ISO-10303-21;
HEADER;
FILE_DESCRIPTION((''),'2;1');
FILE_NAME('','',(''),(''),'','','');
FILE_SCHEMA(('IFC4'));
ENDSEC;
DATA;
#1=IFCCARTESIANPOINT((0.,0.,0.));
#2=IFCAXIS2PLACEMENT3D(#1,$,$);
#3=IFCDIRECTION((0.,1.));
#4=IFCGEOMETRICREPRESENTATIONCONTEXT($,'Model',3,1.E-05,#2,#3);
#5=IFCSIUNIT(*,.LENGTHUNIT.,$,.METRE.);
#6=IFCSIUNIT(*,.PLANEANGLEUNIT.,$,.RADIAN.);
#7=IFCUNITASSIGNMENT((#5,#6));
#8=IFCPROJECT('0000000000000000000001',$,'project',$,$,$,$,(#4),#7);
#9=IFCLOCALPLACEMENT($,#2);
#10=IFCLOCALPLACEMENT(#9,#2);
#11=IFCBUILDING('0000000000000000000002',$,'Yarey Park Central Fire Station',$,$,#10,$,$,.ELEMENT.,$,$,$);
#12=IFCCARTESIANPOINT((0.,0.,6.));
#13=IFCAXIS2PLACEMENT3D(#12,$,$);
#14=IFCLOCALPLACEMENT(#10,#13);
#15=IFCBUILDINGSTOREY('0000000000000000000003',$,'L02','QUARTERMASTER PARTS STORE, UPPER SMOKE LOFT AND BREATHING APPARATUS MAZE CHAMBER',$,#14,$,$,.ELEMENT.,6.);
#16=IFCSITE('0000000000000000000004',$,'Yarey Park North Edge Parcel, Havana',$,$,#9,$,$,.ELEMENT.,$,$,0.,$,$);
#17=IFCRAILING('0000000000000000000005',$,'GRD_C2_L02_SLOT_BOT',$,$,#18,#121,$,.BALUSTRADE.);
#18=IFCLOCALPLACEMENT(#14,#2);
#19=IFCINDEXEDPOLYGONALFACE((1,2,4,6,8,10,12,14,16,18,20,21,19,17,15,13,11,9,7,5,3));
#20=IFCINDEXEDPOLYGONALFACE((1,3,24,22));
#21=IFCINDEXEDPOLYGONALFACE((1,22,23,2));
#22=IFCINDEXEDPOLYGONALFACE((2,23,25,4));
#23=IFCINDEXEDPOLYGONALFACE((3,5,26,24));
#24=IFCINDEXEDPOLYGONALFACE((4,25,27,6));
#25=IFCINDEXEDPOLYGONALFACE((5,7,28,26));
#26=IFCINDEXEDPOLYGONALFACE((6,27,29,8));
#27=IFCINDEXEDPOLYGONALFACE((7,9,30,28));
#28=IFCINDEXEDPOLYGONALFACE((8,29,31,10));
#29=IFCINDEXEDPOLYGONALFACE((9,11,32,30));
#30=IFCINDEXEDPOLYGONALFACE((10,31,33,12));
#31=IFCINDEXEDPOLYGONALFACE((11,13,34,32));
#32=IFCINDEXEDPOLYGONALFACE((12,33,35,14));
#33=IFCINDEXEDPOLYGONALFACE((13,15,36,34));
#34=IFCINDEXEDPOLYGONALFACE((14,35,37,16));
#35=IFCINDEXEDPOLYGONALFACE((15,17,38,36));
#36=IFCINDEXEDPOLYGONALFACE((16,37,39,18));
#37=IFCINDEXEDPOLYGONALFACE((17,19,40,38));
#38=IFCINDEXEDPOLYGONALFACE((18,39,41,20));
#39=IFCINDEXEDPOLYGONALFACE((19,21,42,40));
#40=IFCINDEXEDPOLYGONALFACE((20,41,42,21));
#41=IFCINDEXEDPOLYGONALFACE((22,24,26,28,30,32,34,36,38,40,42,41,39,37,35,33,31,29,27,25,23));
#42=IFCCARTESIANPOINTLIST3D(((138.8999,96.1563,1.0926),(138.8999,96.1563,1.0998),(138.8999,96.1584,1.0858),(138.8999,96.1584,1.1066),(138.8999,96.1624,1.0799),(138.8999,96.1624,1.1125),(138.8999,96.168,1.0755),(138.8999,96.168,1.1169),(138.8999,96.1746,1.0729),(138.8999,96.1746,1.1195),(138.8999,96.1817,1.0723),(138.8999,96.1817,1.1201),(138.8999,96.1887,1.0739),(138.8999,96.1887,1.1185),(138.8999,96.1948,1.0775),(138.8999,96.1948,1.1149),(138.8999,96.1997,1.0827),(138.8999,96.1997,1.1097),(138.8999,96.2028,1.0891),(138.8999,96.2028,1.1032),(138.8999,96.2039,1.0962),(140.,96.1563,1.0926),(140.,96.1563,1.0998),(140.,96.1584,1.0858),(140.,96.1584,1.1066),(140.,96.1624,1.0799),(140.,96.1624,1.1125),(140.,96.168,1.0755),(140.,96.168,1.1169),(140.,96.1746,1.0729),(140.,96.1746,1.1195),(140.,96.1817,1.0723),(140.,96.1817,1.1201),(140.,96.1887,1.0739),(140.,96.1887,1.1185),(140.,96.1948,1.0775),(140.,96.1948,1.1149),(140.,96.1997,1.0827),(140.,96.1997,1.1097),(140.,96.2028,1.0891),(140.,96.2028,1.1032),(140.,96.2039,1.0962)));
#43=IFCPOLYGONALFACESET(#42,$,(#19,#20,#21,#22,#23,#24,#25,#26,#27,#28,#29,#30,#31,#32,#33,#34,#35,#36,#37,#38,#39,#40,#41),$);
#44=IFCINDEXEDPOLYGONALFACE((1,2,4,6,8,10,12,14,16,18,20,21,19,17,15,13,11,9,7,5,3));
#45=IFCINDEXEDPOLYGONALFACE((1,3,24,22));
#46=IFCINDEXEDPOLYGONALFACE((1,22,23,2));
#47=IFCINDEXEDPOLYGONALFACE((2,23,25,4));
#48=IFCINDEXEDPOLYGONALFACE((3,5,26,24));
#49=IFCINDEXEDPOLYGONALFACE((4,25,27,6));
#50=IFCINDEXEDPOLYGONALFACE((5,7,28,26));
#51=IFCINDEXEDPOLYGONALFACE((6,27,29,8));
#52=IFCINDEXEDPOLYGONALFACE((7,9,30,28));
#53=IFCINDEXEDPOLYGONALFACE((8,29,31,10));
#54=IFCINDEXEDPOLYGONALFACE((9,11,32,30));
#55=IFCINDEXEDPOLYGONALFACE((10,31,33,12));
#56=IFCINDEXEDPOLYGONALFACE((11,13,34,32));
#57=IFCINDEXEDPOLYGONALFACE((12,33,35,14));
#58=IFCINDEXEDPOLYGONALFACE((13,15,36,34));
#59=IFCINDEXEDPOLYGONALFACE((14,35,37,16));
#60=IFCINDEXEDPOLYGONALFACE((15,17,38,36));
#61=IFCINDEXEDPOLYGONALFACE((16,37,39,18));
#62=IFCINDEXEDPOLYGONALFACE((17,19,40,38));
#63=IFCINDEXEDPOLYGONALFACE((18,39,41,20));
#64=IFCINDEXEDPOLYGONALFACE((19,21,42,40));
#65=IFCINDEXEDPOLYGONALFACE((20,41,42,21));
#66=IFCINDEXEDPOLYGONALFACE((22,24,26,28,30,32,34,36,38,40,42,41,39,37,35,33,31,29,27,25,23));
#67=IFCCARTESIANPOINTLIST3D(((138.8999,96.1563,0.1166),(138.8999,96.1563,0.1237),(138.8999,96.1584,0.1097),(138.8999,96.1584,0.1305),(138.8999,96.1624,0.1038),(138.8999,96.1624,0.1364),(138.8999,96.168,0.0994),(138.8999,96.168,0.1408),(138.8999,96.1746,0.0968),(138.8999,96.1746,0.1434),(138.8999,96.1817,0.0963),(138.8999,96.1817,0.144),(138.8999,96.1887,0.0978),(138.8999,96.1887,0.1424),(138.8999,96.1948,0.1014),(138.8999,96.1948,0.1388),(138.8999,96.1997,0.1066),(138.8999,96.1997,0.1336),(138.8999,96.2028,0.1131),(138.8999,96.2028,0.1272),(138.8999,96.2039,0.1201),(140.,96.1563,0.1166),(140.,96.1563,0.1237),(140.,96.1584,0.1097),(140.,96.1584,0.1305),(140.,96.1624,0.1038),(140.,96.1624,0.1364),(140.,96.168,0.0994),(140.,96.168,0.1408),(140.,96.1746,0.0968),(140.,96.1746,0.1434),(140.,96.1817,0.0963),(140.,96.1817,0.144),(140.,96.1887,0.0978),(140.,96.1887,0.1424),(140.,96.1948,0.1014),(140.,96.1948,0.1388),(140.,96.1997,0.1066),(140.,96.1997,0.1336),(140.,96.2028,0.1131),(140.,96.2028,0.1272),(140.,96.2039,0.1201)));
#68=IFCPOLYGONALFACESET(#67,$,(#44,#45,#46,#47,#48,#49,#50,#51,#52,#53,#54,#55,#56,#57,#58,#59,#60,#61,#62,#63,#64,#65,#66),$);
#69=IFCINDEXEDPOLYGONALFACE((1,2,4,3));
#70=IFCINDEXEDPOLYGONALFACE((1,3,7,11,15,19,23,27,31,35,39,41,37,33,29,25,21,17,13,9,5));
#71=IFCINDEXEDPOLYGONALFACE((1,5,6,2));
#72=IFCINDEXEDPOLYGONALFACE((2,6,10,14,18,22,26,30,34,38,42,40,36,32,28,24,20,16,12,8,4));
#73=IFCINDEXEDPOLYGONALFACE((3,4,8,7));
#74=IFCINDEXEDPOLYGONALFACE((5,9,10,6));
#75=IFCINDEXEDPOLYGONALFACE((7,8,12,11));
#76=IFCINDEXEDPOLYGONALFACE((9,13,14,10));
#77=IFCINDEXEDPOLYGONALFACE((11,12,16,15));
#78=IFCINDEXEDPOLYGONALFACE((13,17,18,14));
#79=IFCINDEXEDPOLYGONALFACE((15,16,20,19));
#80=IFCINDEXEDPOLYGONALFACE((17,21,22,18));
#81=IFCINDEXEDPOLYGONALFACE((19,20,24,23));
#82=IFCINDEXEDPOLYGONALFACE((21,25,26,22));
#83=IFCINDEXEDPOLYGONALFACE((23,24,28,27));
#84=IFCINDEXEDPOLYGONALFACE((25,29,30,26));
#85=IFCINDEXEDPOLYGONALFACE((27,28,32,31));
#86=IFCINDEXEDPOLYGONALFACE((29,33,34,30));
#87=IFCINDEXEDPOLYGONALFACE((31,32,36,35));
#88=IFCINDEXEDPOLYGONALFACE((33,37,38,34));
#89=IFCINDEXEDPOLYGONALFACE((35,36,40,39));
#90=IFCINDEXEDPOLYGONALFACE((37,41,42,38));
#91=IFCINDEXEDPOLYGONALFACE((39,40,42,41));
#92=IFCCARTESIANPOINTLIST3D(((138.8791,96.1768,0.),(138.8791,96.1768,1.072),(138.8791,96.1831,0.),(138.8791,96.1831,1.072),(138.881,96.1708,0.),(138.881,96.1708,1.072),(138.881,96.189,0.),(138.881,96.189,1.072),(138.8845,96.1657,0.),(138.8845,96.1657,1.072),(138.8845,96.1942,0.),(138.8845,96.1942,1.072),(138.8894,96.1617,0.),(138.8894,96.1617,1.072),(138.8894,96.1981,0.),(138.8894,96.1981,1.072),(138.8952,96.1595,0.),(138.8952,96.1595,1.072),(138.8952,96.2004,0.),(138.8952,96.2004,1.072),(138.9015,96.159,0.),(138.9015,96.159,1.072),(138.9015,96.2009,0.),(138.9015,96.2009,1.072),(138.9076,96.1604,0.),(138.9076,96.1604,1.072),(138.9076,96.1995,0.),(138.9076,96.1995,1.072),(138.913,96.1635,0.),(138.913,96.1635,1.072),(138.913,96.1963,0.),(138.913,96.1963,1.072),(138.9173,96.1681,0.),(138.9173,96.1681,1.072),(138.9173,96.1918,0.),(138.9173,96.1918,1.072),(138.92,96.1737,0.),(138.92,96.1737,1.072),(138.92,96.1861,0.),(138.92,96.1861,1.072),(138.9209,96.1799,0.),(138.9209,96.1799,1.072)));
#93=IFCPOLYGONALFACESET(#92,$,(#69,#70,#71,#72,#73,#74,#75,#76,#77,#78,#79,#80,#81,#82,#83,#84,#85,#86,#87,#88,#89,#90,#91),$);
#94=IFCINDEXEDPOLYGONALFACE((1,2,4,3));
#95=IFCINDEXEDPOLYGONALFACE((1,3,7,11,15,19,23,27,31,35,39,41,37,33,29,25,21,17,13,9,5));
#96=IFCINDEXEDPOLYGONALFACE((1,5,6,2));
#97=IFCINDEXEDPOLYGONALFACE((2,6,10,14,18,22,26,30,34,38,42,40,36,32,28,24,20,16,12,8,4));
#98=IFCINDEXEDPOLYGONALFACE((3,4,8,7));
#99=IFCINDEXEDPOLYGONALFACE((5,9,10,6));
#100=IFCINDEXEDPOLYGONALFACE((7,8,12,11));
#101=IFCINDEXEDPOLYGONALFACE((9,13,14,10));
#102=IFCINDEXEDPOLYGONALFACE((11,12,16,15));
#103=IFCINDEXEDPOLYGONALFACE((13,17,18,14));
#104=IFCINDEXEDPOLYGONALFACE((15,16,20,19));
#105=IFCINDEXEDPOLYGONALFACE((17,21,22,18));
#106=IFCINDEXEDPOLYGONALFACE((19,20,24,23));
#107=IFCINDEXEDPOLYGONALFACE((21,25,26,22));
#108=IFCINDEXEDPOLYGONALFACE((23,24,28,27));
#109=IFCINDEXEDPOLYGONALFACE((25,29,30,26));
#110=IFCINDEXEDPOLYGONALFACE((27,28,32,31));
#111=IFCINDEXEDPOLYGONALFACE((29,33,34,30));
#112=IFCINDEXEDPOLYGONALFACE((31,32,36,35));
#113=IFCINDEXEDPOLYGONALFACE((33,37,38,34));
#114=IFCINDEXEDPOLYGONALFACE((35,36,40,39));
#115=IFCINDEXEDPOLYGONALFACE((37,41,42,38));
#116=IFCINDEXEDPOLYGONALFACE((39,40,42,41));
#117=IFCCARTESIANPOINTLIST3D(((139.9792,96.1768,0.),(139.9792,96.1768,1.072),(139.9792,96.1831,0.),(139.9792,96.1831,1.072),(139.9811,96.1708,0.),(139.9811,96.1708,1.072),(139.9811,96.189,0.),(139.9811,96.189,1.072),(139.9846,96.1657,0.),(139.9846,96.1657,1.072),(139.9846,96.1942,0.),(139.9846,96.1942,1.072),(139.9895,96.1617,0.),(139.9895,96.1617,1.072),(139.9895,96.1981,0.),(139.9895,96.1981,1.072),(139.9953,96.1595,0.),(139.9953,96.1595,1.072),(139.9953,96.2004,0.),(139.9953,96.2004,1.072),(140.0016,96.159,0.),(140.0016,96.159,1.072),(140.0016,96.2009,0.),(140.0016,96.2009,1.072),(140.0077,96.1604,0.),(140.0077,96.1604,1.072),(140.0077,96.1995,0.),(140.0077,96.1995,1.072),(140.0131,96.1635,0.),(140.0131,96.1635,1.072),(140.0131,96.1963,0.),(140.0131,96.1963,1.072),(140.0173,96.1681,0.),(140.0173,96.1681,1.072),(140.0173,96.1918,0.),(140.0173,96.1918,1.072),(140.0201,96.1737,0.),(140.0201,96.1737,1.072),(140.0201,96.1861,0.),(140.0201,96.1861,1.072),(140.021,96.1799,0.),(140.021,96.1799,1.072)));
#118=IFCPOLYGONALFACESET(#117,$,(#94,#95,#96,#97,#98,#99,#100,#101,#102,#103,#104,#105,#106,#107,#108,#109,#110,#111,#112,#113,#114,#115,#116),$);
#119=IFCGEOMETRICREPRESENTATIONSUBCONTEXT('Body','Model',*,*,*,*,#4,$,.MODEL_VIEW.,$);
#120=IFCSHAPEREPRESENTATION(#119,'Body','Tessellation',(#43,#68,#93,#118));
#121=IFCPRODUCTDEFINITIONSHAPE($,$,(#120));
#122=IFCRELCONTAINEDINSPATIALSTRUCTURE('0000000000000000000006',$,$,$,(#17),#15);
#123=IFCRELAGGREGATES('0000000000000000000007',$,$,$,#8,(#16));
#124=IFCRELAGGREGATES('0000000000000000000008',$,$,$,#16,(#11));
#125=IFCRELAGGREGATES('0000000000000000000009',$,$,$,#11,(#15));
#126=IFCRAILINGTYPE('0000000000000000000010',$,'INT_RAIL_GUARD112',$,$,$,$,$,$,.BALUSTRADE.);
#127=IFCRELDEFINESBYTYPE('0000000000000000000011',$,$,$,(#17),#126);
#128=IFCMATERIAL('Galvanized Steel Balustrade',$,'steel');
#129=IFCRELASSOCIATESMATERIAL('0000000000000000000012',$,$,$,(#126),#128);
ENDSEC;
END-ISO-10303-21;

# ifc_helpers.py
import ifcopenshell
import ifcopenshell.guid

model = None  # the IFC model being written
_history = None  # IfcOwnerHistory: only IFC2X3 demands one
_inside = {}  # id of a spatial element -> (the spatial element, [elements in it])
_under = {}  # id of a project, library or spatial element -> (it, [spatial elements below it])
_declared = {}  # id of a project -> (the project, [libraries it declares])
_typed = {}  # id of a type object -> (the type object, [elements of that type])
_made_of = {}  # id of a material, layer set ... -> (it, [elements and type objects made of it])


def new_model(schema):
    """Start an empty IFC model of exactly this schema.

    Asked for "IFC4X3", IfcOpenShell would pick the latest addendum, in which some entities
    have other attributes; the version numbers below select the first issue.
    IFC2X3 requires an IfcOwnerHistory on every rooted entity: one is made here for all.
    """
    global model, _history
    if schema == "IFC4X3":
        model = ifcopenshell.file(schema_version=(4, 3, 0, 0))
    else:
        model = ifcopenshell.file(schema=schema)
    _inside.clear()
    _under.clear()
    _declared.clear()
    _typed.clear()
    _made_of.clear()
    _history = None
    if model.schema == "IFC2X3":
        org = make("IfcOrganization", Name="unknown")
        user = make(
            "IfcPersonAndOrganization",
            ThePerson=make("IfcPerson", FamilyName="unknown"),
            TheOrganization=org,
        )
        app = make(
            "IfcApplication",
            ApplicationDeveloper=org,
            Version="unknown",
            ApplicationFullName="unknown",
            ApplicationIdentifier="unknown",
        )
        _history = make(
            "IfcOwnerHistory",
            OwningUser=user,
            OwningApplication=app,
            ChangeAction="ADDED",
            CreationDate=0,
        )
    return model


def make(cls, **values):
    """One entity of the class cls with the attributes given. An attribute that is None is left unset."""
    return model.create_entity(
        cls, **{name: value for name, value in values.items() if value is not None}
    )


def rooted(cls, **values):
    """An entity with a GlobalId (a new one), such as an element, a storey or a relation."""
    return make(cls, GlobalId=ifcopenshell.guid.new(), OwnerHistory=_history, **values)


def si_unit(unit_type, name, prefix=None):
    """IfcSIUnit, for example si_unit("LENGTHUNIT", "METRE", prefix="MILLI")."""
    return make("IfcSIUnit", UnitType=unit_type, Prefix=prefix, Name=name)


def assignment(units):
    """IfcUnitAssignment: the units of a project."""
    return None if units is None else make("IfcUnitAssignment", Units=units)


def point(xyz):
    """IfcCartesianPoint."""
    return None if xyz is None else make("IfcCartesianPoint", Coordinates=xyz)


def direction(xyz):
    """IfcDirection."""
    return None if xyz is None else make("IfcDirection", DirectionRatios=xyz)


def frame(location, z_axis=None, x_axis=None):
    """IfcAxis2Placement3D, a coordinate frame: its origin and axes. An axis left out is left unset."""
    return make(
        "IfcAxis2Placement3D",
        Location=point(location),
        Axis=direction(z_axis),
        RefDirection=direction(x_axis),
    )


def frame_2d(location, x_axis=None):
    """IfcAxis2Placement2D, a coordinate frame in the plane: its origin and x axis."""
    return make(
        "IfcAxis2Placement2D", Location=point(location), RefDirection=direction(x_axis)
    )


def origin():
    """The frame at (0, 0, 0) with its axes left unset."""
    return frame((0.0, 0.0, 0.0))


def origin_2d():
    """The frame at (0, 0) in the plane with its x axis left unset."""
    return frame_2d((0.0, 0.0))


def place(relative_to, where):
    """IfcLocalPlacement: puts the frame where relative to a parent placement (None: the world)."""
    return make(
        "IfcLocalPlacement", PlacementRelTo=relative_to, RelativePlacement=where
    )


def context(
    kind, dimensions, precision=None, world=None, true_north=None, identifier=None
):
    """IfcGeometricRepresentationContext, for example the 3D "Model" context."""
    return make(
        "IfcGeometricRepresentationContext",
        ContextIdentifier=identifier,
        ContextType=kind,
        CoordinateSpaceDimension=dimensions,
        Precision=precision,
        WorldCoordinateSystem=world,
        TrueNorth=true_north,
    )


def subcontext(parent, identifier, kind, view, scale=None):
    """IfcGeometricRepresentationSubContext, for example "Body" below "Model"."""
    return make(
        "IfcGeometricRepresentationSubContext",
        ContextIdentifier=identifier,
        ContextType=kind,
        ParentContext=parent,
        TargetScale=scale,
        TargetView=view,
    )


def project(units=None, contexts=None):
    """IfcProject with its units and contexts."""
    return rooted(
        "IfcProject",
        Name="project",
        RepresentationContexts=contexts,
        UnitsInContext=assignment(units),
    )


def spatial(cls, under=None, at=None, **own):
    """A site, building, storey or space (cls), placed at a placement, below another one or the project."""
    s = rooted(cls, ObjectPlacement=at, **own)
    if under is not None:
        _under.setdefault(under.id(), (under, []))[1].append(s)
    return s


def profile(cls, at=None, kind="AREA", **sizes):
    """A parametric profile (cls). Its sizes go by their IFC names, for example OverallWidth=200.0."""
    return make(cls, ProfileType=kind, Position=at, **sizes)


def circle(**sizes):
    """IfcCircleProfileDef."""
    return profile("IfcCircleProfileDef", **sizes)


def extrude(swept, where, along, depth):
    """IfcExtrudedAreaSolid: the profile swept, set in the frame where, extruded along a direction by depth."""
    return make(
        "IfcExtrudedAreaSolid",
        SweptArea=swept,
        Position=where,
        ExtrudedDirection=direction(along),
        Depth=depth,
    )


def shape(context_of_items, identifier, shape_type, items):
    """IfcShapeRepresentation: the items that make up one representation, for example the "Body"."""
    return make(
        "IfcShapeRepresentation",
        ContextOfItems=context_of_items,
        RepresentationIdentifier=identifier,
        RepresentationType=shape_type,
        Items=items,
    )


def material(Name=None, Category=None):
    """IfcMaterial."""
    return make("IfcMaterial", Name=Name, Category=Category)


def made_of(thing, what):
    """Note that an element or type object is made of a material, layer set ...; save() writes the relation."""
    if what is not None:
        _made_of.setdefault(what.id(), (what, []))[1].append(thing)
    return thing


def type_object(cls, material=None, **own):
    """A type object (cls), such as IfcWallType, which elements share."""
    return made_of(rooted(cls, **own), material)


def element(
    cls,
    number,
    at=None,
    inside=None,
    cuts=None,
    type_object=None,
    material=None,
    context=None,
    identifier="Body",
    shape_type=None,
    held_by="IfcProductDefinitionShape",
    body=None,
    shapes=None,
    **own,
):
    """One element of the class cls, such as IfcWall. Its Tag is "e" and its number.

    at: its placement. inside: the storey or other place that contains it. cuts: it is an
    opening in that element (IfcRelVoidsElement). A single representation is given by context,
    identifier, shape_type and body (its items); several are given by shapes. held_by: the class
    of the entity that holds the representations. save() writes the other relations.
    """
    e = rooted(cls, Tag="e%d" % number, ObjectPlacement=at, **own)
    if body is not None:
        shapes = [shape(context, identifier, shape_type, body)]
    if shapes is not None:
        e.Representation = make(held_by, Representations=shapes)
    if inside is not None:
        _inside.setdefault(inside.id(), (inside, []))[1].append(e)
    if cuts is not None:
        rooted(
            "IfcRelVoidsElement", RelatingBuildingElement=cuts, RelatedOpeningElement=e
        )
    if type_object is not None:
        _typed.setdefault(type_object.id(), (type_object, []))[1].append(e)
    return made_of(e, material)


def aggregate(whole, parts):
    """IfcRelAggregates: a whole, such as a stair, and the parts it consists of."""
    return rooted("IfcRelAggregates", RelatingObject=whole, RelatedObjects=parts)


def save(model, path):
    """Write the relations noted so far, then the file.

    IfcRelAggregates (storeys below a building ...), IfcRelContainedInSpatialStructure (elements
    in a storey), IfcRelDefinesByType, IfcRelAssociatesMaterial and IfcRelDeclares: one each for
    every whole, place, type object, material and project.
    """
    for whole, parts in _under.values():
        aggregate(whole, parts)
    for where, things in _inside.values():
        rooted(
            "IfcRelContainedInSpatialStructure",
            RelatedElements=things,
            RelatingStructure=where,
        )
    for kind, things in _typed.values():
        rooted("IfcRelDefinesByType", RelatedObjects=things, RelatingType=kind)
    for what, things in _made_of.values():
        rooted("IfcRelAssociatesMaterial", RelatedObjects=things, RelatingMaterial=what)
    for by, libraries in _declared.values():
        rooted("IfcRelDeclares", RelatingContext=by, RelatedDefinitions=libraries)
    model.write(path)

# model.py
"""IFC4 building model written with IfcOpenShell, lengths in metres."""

from ifc_helpers import new_model, si_unit, direction, frame, origin, origin_2d, place, context, subcontext, project, spatial, circle, extrude, material, type_object, element, save


model = new_model("IFC4")

# Units and contexts
model_context = context("Model", 3, precision=1e-05, world=origin(), true_north=direction((0.0, 1.0)))
body_context = subcontext(model_context, "Body", "Model", "MODEL_VIEW")
ifc_project = project(units=[si_unit("LENGTHUNIT", "METRE"), si_unit("PLANEANGLEUNIT", "RADIAN")], contexts=[model_context])

# Site, building, storey
site_placement = place(None, origin())
site = spatial("IfcSite", under=ifc_project, at=site_placement, Name="Yarey Park North Edge Parcel, Havana", CompositionType="ELEMENT", RefElevation=0.0)
building_placement = place(site_placement, origin())
building = spatial("IfcBuilding", under=site, at=building_placement, Name="Yarey Park Central Fire Station", CompositionType="ELEMENT")
storey_placement = place(building_placement, frame((0.0, 0.0, 6.0)))
storey = spatial("IfcBuildingStorey", under=building, at=storey_placement, Name="L02", Description="QUARTERMASTER PARTS STORE, UPPER SMOKE LOFT AND BREATHING APPARATUS MAZE CHAMBER", CompositionType="ELEMENT", Elevation=6.0)

# Railing
ifc_material_1 = material(Name="Galvanized Steel Balustrade", Category="steel")
railing_type_1 = type_object("IfcRailingType", Name="INT_RAIL_GUARD112", PredefinedType="BALUSTRADE", material=ifc_material_1)
railing_1_placement = place(storey_placement, frame((138.8999, 96.1799, 0.0)))
element("IfcRailing", 1, at=railing_1_placement, inside=storey, type_object=railing_type_1, Name="GRD_C2_L02_SLOT_BOT", PredefinedType="BALUSTRADE", context=body_context, shape_type="SweptSolid", body=[
    extrude(circle(Radius=0.0239, at=origin_2d()), frame((0.0, 0.0, 1.0962), z_axis=(1.0, 0.0, 0.0), x_axis=(0.0, 1.0, 0.0)), (0.0, 0.0, 1.0), 1.1001),
    extrude(circle(Radius=0.0239, at=origin_2d()), frame((0.0, 0.0, 0.1201), z_axis=(1.0, 0.0, 0.0), x_axis=(0.0, 1.0, 0.0)), (0.0, 0.0, 1.0), 1.1001),
    extrude(circle(Radius=0.021, at=origin_2d()), origin(), (0.0, 0.0, 1.0), 1.072),
    extrude(circle(Radius=0.021, at=origin_2d()), frame((1.1001, 0.0, 0.0)), (0.0, 0.0, 1.0), 1.072),
])

save(model, "model.ifc")
